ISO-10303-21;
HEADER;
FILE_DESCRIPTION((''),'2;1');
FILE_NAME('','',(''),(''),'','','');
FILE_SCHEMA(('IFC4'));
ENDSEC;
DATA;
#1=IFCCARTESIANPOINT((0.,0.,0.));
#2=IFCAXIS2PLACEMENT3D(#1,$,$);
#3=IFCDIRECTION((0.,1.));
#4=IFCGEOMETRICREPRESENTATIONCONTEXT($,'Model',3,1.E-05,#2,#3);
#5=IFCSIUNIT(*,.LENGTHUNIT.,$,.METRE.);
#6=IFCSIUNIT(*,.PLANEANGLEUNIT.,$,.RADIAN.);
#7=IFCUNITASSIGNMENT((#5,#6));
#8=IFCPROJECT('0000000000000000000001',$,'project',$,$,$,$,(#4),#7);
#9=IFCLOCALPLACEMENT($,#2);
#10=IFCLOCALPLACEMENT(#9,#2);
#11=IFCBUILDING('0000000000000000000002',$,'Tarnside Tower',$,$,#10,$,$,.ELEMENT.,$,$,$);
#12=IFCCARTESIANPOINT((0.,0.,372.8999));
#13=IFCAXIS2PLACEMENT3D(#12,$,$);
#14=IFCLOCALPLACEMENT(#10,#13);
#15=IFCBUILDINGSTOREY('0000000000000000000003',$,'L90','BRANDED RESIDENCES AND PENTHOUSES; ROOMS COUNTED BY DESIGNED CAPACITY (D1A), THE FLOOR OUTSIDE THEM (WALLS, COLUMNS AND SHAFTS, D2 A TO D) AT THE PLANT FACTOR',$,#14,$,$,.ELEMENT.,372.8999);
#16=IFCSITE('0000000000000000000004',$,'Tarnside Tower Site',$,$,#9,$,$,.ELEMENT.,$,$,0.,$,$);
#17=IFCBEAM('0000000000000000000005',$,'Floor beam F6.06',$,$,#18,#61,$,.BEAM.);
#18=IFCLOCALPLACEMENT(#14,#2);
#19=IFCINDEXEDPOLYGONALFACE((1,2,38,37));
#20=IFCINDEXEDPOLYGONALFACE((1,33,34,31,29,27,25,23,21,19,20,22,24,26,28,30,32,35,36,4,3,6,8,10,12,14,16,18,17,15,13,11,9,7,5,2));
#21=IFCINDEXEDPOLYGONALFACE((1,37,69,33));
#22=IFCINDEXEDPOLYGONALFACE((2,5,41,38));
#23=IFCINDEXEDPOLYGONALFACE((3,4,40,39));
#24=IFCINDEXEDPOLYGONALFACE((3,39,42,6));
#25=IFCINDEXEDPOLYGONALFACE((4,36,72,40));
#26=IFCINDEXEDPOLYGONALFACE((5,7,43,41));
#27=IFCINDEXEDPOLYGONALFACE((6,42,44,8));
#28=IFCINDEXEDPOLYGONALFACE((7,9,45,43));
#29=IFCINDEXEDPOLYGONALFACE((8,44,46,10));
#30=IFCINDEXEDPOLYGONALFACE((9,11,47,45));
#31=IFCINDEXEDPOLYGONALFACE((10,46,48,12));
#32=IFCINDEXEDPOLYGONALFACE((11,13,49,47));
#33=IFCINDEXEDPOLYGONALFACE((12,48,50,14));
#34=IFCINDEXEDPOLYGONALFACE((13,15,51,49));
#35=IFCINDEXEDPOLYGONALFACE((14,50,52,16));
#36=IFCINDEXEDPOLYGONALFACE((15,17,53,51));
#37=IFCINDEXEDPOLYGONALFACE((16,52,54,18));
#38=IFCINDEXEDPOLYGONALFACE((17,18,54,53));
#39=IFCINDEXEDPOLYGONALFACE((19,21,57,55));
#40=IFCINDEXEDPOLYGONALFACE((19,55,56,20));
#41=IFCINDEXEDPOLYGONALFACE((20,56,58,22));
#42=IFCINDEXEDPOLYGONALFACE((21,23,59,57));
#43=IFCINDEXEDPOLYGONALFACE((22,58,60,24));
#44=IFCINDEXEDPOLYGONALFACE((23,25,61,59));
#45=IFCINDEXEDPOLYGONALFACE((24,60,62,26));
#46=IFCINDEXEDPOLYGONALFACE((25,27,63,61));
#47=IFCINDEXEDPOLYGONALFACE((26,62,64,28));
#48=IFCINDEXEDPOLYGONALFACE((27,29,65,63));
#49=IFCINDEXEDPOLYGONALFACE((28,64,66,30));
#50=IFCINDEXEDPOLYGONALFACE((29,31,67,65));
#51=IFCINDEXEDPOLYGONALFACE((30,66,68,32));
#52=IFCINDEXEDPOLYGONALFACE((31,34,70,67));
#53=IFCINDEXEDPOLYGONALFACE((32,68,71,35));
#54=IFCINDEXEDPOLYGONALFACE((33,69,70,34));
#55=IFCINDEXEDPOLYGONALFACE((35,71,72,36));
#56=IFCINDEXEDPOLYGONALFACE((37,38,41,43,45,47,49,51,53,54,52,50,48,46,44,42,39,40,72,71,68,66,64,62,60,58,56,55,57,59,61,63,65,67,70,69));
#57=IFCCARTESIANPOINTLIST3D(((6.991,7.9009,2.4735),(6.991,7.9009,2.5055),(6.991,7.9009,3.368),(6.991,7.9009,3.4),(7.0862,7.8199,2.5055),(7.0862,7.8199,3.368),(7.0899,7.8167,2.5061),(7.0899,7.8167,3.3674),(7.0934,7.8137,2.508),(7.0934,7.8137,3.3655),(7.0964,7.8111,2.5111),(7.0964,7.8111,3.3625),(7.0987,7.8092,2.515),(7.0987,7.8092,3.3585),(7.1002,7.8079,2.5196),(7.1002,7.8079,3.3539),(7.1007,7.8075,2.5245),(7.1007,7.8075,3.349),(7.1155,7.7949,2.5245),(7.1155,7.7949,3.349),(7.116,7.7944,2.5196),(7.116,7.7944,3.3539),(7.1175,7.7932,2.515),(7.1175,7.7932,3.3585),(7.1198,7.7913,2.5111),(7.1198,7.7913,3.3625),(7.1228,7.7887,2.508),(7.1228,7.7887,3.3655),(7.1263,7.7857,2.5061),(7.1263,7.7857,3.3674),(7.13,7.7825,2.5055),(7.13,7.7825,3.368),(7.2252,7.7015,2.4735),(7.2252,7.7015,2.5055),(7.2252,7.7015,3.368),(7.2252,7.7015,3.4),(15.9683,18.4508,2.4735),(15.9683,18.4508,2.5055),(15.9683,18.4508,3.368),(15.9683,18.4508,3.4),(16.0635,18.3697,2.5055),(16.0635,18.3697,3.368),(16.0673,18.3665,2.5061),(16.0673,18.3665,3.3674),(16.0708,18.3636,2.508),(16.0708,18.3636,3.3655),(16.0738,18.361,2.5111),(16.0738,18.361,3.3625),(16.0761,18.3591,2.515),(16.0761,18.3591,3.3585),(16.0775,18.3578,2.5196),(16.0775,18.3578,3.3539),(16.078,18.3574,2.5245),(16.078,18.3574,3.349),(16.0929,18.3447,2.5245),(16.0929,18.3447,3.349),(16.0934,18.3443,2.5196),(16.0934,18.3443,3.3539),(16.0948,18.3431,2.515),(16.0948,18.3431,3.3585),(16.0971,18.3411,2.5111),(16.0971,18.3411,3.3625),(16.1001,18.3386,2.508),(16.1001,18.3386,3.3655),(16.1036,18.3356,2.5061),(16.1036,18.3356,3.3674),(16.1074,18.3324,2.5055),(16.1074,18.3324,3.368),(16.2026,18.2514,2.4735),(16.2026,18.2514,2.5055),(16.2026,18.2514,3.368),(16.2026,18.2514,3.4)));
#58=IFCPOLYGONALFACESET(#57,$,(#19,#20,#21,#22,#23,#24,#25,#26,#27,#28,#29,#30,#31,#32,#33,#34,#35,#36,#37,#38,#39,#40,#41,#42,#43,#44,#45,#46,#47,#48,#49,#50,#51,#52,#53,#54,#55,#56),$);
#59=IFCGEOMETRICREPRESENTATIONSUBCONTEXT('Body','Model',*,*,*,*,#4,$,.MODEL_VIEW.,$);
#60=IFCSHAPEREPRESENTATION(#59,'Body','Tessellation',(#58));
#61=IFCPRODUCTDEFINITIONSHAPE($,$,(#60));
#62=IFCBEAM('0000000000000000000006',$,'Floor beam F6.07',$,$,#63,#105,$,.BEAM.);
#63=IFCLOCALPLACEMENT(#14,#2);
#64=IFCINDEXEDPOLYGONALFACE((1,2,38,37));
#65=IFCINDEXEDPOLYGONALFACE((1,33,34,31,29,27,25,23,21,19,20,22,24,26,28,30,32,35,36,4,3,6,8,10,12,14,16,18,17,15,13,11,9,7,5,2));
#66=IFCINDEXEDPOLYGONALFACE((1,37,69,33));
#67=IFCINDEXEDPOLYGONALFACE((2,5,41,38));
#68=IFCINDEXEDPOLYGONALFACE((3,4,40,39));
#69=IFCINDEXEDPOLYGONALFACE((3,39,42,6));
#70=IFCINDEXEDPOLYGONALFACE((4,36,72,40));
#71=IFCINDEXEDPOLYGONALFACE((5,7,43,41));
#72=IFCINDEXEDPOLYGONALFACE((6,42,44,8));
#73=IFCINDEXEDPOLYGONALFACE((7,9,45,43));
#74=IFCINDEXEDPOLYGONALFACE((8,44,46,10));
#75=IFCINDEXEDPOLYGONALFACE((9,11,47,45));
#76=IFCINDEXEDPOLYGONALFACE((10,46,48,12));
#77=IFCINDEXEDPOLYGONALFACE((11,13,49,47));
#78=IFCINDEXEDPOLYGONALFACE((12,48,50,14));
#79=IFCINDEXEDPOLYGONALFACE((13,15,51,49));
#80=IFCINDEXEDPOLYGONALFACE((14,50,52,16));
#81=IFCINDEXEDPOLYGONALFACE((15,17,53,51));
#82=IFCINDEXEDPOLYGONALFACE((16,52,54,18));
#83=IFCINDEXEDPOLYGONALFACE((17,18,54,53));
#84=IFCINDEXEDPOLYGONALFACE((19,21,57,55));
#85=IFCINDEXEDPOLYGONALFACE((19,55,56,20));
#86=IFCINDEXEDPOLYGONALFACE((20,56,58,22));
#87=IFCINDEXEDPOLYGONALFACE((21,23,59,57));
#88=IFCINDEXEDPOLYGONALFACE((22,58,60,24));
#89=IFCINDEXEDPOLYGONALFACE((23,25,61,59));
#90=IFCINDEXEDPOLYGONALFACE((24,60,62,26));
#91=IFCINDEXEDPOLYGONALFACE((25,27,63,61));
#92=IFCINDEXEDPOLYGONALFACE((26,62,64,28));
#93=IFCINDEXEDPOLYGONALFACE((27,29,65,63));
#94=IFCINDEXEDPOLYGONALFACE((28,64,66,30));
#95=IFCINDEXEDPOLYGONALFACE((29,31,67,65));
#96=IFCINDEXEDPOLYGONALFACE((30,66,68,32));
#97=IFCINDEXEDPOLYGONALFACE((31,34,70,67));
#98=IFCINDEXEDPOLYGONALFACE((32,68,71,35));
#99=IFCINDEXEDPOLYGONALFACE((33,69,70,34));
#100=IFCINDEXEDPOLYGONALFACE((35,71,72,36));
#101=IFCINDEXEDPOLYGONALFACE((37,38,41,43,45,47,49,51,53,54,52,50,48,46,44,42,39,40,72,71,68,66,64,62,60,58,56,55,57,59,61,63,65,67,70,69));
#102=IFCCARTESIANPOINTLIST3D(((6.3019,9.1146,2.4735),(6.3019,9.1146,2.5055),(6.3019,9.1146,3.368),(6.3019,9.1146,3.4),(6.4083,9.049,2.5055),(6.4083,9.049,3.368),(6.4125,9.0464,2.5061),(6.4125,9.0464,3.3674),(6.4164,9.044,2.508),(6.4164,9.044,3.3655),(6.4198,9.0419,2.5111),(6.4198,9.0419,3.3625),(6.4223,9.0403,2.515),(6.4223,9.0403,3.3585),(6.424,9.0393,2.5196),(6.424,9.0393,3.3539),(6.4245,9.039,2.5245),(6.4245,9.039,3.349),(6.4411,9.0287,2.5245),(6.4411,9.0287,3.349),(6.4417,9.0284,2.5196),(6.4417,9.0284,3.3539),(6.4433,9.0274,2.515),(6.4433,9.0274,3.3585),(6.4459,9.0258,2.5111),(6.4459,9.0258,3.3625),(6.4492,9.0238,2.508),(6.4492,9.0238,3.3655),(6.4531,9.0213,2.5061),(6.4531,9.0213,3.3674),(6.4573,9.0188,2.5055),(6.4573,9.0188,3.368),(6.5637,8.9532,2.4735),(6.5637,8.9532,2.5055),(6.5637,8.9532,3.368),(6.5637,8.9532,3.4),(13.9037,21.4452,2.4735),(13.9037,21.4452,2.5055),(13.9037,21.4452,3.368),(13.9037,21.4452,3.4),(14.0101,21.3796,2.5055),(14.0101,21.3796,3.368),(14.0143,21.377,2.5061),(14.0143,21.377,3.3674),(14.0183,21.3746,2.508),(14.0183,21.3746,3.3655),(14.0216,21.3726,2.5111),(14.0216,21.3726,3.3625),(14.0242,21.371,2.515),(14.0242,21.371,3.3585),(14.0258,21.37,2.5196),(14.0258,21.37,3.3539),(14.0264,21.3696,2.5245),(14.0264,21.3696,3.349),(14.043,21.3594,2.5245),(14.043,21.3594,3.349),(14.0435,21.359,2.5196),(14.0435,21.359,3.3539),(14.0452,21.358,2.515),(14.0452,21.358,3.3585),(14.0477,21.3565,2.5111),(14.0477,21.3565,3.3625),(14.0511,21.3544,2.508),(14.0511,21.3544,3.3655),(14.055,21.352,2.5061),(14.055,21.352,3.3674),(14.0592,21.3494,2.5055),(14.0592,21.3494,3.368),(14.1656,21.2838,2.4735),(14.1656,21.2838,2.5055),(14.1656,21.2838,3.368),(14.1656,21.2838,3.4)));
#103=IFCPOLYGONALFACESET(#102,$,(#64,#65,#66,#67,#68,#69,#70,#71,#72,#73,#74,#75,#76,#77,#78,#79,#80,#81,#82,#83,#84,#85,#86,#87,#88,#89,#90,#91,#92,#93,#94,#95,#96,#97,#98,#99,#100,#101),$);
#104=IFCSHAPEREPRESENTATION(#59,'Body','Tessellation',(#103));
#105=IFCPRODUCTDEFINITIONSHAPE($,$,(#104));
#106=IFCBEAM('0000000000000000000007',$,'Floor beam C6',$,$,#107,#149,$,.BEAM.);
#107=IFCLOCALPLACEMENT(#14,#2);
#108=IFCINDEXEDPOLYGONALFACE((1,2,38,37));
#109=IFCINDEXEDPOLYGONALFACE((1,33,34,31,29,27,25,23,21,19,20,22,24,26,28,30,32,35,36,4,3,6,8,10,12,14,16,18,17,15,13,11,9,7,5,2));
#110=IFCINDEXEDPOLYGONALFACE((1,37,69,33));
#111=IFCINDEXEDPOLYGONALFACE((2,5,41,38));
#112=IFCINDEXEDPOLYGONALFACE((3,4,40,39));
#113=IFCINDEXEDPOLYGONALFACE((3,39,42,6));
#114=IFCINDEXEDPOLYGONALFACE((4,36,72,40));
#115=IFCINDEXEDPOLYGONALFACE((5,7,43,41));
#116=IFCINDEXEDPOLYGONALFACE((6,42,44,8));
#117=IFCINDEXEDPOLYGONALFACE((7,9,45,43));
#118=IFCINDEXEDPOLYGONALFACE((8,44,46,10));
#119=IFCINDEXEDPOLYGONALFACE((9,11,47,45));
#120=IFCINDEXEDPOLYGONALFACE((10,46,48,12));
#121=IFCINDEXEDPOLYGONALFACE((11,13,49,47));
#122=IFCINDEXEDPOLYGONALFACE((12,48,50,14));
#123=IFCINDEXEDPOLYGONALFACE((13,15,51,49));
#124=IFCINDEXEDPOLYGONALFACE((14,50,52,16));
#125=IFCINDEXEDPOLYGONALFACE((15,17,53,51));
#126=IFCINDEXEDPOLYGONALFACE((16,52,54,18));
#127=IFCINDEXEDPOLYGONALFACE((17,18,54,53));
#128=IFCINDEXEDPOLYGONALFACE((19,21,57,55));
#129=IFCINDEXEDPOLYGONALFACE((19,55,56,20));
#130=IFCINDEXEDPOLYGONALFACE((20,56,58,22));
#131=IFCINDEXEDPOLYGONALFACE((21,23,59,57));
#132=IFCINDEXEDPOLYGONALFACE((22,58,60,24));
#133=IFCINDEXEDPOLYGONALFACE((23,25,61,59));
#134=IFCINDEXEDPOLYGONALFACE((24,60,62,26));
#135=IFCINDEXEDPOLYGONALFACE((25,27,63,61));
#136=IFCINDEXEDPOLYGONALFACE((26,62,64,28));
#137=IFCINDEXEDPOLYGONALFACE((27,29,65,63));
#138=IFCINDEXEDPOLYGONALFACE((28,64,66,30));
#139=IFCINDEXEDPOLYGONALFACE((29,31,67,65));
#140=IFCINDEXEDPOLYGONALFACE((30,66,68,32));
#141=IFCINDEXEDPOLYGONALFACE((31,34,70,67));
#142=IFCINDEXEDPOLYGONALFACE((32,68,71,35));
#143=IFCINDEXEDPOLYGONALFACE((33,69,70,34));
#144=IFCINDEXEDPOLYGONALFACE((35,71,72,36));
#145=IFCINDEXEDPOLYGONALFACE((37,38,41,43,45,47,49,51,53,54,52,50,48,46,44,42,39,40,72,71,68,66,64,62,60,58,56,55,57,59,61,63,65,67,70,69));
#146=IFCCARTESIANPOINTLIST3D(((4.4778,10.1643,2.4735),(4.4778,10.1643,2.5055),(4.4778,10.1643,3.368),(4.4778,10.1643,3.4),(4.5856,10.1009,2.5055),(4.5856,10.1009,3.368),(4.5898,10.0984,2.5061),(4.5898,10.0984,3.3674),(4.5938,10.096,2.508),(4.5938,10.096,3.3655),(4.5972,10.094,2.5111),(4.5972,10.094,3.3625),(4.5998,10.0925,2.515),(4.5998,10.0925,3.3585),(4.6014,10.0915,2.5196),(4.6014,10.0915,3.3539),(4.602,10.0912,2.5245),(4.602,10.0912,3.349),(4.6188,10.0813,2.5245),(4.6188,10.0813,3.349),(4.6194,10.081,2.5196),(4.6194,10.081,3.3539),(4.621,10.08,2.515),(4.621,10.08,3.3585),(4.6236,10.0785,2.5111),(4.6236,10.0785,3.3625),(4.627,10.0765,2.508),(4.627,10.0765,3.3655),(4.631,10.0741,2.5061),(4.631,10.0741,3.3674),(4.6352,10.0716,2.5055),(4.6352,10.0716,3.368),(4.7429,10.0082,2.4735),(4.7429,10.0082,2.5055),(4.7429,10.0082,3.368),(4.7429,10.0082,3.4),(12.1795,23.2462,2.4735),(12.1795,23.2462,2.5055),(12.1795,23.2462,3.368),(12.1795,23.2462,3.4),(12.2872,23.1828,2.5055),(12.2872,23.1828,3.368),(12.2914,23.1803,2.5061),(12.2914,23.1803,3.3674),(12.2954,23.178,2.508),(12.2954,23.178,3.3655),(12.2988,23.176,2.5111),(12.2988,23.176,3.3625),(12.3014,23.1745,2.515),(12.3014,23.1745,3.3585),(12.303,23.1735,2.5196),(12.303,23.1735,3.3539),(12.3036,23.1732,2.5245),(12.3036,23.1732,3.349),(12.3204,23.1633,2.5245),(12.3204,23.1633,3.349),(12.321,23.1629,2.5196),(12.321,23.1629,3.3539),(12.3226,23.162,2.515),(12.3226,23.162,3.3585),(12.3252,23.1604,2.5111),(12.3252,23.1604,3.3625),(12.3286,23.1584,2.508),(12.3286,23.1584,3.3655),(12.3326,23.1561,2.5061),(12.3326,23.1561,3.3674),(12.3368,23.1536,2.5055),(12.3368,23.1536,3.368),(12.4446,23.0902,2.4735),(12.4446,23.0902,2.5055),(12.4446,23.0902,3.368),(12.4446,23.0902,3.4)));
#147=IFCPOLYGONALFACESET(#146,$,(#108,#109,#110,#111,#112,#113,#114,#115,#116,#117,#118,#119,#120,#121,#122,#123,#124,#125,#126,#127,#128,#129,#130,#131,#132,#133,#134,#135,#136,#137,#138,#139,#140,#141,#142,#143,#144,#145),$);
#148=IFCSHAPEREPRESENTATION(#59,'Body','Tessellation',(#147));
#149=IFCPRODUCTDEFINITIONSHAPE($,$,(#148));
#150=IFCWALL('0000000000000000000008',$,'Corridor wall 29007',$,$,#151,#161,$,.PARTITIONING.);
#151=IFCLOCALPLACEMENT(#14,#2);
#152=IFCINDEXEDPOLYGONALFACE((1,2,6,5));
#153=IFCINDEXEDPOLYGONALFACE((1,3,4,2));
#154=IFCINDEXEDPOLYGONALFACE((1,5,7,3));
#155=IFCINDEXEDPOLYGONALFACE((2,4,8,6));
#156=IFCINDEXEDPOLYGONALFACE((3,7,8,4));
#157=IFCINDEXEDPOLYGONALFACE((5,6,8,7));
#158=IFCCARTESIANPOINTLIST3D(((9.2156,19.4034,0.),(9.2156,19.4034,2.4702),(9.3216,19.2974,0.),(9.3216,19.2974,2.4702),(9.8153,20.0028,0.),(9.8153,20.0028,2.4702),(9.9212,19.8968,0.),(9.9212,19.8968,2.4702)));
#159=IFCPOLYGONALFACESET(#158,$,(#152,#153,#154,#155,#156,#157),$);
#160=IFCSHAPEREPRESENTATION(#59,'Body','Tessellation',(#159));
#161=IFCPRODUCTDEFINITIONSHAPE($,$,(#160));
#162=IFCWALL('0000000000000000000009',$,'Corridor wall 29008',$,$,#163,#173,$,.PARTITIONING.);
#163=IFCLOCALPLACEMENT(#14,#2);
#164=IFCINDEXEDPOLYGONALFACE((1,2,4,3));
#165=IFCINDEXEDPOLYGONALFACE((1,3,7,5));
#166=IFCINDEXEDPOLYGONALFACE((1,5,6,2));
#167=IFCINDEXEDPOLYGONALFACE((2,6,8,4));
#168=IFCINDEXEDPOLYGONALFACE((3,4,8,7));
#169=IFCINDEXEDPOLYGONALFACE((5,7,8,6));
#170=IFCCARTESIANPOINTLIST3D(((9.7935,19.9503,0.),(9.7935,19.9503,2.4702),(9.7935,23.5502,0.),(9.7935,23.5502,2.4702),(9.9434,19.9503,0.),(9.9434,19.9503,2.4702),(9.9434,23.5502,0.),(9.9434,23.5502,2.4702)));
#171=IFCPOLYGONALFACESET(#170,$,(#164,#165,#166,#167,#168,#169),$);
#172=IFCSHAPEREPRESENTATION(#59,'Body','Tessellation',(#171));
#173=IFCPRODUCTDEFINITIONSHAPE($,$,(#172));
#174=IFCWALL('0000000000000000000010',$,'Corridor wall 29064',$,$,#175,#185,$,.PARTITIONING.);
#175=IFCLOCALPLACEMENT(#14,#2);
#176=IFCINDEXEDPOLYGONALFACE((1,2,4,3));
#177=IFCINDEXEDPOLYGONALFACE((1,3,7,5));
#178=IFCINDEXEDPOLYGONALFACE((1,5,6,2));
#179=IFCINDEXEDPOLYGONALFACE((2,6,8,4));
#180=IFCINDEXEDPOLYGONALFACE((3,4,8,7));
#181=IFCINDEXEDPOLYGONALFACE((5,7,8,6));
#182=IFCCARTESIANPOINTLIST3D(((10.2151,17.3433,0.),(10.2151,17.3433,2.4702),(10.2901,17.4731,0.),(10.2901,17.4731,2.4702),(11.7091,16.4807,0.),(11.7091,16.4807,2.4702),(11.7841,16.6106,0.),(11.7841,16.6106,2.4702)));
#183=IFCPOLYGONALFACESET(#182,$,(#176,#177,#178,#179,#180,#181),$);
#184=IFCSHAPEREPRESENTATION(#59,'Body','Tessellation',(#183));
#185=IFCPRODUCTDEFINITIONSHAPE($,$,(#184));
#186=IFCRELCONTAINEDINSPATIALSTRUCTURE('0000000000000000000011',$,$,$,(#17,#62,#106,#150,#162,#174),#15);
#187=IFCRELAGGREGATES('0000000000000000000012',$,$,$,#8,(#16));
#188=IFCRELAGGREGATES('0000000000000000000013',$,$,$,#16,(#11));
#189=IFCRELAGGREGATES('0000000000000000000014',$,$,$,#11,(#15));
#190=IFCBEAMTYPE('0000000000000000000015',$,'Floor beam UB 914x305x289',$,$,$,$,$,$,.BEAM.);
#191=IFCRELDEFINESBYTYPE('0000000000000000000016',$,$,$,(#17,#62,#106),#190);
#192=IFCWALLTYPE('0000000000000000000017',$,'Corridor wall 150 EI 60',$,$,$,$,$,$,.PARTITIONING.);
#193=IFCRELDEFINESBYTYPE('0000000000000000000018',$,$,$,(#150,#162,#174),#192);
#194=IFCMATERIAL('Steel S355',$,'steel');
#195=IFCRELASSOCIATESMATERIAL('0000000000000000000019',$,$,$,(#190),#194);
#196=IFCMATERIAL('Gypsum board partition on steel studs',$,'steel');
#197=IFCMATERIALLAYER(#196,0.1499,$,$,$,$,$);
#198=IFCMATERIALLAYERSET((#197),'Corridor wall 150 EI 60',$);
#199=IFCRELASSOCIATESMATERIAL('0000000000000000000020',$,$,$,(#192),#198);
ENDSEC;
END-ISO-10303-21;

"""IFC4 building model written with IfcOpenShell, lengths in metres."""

from ifc_helpers import new_model, si_unit, direction, frame, frame_2d, origin, origin_2d, place, context, subcontext, project, spatial, rectangle, i_section, extrude, material, layer, layer_set, material_profile, profile_set, type_object, element, save


model = new_model("IFC4")

# Units and contexts
model_context = context("Model", 3, precision=1e-05, world=origin(), true_north=direction((0.0, 1.0)))
body_context = subcontext(model_context, "Body", "Model", "MODEL_VIEW")
ifc_project = project(units=[si_unit("LENGTHUNIT", "METRE"), si_unit("PLANEANGLEUNIT", "RADIAN")], contexts=[model_context])

# Site, building, storey
site_placement = place(None, origin())
site = spatial("IfcSite", under=ifc_project, at=site_placement, Name="Tarnside Tower Site", CompositionType="ELEMENT", RefElevation=0.0)
building_placement = place(site_placement, origin())
building = spatial("IfcBuilding", under=site, at=building_placement, Name="Tarnside Tower", CompositionType="ELEMENT")
storey_placement = place(building_placement, frame((0.0, 0.0, 372.8999)))
storey = spatial("IfcBuildingStorey", under=building, at=storey_placement, Name="L90", Description="BRANDED RESIDENCES AND PENTHOUSES; ROOMS COUNTED BY DESIGNED CAPACITY (D1A), THE FLOOR OUTSIDE THEM (WALLS, COLUMNS AND SHAFTS, D2 A TO D) AT THE PLANT FACTOR", CompositionType="ELEMENT", Elevation=372.8999)

# Beams
ifc_material_1 = material(Name="Steel S355", Category="steel")
ifc_material_profile = material_profile(ifc_material_1, i_section(OverallWidth=0.3076, OverallDepth=0.9265, WebThickness=0.0195, FlangeThickness=0.032, FilletRadius=0.019, at=origin_2d()), Name="UB 914x305x289")
ifc_profile_set = profile_set([ifc_material_profile], Name="Steel S355")
beam_type = type_object("IfcBeamType", Name="Floor beam UB 914x305x289", PredefinedType="BEAM", material=ifc_profile_set)
beam_1_placement = place(storey_placement, frame((16.0854, 18.3511, 2.9368), z_axis=(-0.648066, -0.761584, 0.0), x_axis=(0.761584, -0.648066, 0.0)))
element("IfcBeam", 1, at=beam_1_placement, inside=storey, type_object=beam_type, Name="Floor beam F6.06", PredefinedType="BEAM", context=body_context, shape_type="SweptSolid", body=[
    extrude(i_section(OverallWidth=0.3076, OverallDepth=0.9265, WebThickness=0.0195, FlangeThickness=0.032, FilletRadius=0.019, at=origin_2d()), origin(), (0.0, 0.0, 1.0), 13.8525),
])
beam_2_placement = place(storey_placement, frame((14.0347, 21.3645, 2.9368), z_axis=(-0.524787, -0.851234, 0.0), x_axis=(0.851234, -0.524787, 0.0)))
element("IfcBeam", 2, at=beam_2_placement, inside=storey, type_object=beam_type, Name="Floor beam F6.07", PredefinedType="BEAM", context=body_context, shape_type="SweptSolid", body=[
    extrude(i_section(OverallWidth=0.3076, OverallDepth=0.9265, WebThickness=0.0195, FlangeThickness=0.032, FilletRadius=0.019, at=origin_2d()), origin(), (0.0, 0.0, 1.0), 14.4856),
])
beam_3_placement = place(storey_placement, frame((12.312, 23.1682, 2.9368), z_axis=(-0.507331, -0.861751, 0.0), x_axis=(0.861751, -0.507331, 0.0)))
element("IfcBeam", 3, at=beam_3_placement, inside=storey, type_object=beam_type, Name="Floor beam C6", PredefinedType="BEAM", context=body_context, shape_type="SweptSolid", body=[
    extrude(i_section(OverallWidth=0.3076, OverallDepth=0.9265, WebThickness=0.0195, FlangeThickness=0.032, FilletRadius=0.019, at=origin_2d()), origin(), (0.0, 0.0, 1.0), 15.1807),
])

# Walls
ifc_material_2 = material(Name="Gypsum board partition on steel studs", Category="steel")
ifc_layer_1 = layer(ifc_material_2, 0.1499)
ifc_layer_set_1 = layer_set([ifc_layer_1], Name="Corridor wall 150 EI 60")
wall_type_1 = type_object("IfcWallType", Name="Corridor wall 150 EI 60", PredefinedType="PARTITIONING", material=ifc_layer_set_1)
wall_1_placement = place(storey_placement, frame((9.8682, 19.9497, 0.0), z_axis=(0.0, 0.0, 1.0), x_axis=(-0.707251, -0.706963, 0.0)))
element("IfcWall", 4, at=wall_1_placement, inside=storey, type_object=wall_type_1, Name="Corridor wall 29007", PredefinedType="PARTITIONING", context=body_context, shape_type="SweptSolid", body=[
    extrude(rectangle(XDim=0.8479, YDim=0.1499, at=frame_2d((0.4238, 0.0))), origin(), (0.0, 0.0, 1.0), 2.4702),
])
wall_2_placement = place(storey_placement, frame((9.8684, 23.55, 0.0), z_axis=(0.0, 0.0, 1.0), x_axis=(0.0, -1.0, 0.0)))
element("IfcWall", 5, at=wall_2_placement, inside=storey, type_object=wall_type_1, Name="Corridor wall 29008", PredefinedType="PARTITIONING", context=body_context, shape_type="SweptSolid", body=[
    extrude(rectangle(XDim=3.5999, YDim=0.1499, at=frame_2d((1.7998, 0.0))), origin(), (0.0, 0.0, 1.0), 2.4702),
])
wall_3_placement = place(storey_placement, frame((11.7466, 16.5457, 0.0), z_axis=(0.0, 0.0, 1.0), x_axis=(-0.866014, 0.500021, 0.0)))
element("IfcWall", 6, at=wall_3_placement, inside=storey, type_object=wall_type_1, Name="Corridor wall 29064", PredefinedType="PARTITIONING", context=body_context, shape_type="SweptSolid", body=[
    extrude(rectangle(XDim=1.7251, YDim=0.1499, at=frame_2d((0.8625, 0.0))), origin(), (0.0, 0.0, 1.0), 2.4702),
])

save(model, "model.ifc")
